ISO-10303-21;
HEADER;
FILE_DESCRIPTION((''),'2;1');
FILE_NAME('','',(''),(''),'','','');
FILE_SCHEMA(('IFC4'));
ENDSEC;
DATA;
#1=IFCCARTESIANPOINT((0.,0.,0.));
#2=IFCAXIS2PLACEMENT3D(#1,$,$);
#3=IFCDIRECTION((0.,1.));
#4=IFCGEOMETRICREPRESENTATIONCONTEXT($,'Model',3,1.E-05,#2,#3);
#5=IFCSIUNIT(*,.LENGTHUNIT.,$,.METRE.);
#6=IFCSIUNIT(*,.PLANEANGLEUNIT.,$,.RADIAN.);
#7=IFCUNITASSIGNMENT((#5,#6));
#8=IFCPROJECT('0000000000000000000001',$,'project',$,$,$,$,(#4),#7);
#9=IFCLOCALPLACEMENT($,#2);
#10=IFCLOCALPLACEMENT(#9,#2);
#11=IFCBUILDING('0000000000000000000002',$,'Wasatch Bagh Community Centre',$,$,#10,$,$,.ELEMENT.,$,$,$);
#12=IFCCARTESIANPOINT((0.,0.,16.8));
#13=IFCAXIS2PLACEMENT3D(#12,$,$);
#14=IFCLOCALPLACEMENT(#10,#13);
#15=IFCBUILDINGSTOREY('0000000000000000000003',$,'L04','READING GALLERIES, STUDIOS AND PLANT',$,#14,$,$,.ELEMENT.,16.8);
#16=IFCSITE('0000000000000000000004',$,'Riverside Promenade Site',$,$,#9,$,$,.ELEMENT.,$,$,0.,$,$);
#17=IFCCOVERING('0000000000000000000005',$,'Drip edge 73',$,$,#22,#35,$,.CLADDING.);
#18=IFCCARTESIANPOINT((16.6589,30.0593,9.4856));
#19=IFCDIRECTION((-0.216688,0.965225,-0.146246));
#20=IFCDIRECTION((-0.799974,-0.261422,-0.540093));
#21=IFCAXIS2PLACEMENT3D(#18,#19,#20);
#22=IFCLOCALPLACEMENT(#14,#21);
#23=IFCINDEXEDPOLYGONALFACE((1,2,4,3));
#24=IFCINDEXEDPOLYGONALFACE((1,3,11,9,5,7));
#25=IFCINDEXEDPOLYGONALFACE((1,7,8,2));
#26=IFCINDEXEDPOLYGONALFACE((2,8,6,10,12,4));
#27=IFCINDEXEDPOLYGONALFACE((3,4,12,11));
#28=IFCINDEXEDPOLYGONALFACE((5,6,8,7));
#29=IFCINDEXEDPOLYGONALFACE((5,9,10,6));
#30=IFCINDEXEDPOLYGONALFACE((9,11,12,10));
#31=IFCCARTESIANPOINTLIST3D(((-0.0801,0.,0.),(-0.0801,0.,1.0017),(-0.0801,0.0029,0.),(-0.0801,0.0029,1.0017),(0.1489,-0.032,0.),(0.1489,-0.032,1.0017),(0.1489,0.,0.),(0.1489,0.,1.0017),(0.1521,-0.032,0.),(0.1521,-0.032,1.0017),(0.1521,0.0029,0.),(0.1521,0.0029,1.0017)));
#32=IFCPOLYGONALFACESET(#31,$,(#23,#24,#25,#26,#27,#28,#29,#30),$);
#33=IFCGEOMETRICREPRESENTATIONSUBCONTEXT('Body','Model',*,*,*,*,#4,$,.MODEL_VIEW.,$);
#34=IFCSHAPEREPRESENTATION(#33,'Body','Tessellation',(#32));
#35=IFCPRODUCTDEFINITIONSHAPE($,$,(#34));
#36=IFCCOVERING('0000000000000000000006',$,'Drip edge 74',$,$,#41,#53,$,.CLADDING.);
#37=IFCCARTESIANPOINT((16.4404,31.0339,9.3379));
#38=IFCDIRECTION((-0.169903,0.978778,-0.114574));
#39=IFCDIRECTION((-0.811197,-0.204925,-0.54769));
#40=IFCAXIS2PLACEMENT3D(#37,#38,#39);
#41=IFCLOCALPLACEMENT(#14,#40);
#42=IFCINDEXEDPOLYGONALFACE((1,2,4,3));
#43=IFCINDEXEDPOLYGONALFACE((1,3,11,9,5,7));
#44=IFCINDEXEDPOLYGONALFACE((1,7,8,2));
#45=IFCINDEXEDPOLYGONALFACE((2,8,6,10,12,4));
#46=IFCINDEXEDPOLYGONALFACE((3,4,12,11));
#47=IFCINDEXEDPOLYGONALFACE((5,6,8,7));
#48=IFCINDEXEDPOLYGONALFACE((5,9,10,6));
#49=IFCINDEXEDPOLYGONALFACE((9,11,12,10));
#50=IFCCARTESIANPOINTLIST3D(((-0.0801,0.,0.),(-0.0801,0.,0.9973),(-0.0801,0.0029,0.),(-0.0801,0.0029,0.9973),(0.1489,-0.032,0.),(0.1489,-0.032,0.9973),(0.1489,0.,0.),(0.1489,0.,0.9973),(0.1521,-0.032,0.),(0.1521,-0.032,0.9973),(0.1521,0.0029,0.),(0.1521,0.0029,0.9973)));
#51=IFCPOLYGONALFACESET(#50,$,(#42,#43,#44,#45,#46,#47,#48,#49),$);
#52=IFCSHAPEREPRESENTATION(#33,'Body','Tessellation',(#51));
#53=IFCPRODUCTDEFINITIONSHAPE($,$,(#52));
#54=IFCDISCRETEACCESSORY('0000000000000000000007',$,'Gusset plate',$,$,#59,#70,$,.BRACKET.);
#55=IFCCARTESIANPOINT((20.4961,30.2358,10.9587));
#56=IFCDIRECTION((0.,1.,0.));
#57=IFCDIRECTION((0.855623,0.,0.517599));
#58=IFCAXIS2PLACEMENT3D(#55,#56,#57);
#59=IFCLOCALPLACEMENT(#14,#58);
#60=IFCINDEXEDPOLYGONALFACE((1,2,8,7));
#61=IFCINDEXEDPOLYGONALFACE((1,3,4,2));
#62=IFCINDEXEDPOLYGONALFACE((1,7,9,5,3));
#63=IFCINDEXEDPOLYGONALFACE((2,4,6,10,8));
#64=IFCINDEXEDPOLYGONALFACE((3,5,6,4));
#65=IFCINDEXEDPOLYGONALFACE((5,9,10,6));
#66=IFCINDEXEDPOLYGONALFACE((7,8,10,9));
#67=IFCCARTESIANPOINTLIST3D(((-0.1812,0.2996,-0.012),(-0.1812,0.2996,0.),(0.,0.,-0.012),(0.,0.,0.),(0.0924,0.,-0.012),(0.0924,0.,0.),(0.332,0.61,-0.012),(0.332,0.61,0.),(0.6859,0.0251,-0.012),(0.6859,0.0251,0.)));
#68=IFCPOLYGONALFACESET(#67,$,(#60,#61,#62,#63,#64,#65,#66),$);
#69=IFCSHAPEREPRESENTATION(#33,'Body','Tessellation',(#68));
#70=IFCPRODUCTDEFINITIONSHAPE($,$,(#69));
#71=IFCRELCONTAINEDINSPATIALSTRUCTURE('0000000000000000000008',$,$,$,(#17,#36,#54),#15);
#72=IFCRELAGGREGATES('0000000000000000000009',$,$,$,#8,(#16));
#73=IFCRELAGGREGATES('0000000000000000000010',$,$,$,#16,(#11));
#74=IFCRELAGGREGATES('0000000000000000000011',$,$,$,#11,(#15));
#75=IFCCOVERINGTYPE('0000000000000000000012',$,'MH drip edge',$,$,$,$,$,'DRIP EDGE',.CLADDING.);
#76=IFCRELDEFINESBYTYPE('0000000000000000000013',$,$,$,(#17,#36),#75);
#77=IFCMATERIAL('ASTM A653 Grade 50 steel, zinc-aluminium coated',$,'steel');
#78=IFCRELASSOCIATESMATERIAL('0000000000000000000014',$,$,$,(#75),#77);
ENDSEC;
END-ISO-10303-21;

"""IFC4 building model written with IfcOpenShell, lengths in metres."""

from ifc_helpers import new_model, si_unit, direction, frame, origin, place, context, subcontext, project, spatial, polyline, outline, extrude, material, material_profile, profile_set, type_object, element, save


model = new_model("IFC4")

# Units and contexts
model_context = context("Model", 3, precision=1e-05, world=origin(), true_north=direction((0.0, 1.0)))
body_context = subcontext(model_context, "Body", "Model", "MODEL_VIEW")
ifc_project = project(units=[si_unit("LENGTHUNIT", "METRE"), si_unit("PLANEANGLEUNIT", "RADIAN")], contexts=[model_context])

# Site, building, storey
site_placement = place(None, origin())
site = spatial("IfcSite", under=ifc_project, at=site_placement, Name="Riverside Promenade Site", CompositionType="ELEMENT", RefElevation=0.0)
building_placement = place(site_placement, origin())
building = spatial("IfcBuilding", under=site, at=building_placement, Name="Wasatch Bagh Community Centre", CompositionType="ELEMENT")
storey_placement = place(building_placement, frame((0.0, 0.0, 16.8)))
storey = spatial("IfcBuildingStorey", under=building, at=storey_placement, Name="L04", Description="READING GALLERIES, STUDIOS AND PLANT", CompositionType="ELEMENT", Elevation=16.8)

# Coverings
ifc_material_1 = material(Name="ASTM A653 Grade 50 steel, zinc-aluminium coated", Category="steel")
ifc_material_profile_1 = material_profile(ifc_material_1, outline(polyline([(-0.0801, 0.0029), (0.1521, 0.0029), (0.1521, -0.032), (0.1489, -0.032), (0.1489, 0.0), (-0.0801, 0.0), (-0.0801, 0.0029)])), Name="DRIP EDGE")
ifc_profile_set_1 = profile_set([ifc_material_profile_1], Name="ASTM A653 Grade 50 steel, zinc-aluminium coated")
covering_type_1 = type_object("IfcCoveringType", Name="MH drip edge", ElementType="DRIP EDGE", PredefinedType="CLADDING", material=ifc_profile_set_1)
covering_1_placement = place(storey_placement, frame((16.6589, 30.0593, 9.4856), z_axis=(-0.216688, 0.965225, -0.146246), x_axis=(-0.799974, -0.261422, -0.540093)))
element("IfcCovering", 1, at=covering_1_placement, inside=storey, type_object=covering_type_1, Name="Drip edge 73", PredefinedType="CLADDING", context=body_context, shape_type="SweptSolid", body=[
    extrude(outline(polyline([(-0.0801, 0.0029), (0.1521, 0.0029), (0.1521, -0.032), (0.1489, -0.032), (0.1489, 0.0), (-0.0801, 0.0), (-0.0801, 0.0029)])), origin(), (0.0, 0.0, 1.0), 1.0017),
])
covering_2_placement = place(storey_placement, frame((16.4404, 31.0339, 9.3379), z_axis=(-0.169903, 0.978778, -0.114574), x_axis=(-0.811197, -0.204925, -0.54769)))
element("IfcCovering", 2, at=covering_2_placement, inside=storey, type_object=covering_type_1, Name="Drip edge 74", PredefinedType="CLADDING", context=body_context, shape_type="SweptSolid", body=[
    extrude(outline(polyline([(-0.0801, 0.0029), (0.1521, 0.0029), (0.1521, -0.032), (0.1489, -0.032), (0.1489, 0.0), (-0.0801, 0.0), (-0.0801, 0.0029)])), origin(), (0.0, 0.0, 1.0), 0.9973),
])

# Discrete accessory
discrete_accessory_1_placement = place(storey_placement, frame((20.4961, 30.2358, 10.9587), z_axis=(0.0, 1.0, 0.0), x_axis=(0.855623, 0.0, 0.517599)))
element("IfcDiscreteAccessory", 3, at=discrete_accessory_1_placement, inside=storey, Name="Gusset plate", PredefinedType="BRACKET", context=body_context, shape_type="SweptSolid", body=[
    extrude(outline(polyline([(0.0, 0.0), (0.0924, 0.0), (0.6859, 0.0251), (0.332, 0.61), (-0.1812, 0.2996), (0.0, 0.0)])), origin(), (0.0, 0.0, -1.0), 0.012),
])

save(model, "model.ifc")
